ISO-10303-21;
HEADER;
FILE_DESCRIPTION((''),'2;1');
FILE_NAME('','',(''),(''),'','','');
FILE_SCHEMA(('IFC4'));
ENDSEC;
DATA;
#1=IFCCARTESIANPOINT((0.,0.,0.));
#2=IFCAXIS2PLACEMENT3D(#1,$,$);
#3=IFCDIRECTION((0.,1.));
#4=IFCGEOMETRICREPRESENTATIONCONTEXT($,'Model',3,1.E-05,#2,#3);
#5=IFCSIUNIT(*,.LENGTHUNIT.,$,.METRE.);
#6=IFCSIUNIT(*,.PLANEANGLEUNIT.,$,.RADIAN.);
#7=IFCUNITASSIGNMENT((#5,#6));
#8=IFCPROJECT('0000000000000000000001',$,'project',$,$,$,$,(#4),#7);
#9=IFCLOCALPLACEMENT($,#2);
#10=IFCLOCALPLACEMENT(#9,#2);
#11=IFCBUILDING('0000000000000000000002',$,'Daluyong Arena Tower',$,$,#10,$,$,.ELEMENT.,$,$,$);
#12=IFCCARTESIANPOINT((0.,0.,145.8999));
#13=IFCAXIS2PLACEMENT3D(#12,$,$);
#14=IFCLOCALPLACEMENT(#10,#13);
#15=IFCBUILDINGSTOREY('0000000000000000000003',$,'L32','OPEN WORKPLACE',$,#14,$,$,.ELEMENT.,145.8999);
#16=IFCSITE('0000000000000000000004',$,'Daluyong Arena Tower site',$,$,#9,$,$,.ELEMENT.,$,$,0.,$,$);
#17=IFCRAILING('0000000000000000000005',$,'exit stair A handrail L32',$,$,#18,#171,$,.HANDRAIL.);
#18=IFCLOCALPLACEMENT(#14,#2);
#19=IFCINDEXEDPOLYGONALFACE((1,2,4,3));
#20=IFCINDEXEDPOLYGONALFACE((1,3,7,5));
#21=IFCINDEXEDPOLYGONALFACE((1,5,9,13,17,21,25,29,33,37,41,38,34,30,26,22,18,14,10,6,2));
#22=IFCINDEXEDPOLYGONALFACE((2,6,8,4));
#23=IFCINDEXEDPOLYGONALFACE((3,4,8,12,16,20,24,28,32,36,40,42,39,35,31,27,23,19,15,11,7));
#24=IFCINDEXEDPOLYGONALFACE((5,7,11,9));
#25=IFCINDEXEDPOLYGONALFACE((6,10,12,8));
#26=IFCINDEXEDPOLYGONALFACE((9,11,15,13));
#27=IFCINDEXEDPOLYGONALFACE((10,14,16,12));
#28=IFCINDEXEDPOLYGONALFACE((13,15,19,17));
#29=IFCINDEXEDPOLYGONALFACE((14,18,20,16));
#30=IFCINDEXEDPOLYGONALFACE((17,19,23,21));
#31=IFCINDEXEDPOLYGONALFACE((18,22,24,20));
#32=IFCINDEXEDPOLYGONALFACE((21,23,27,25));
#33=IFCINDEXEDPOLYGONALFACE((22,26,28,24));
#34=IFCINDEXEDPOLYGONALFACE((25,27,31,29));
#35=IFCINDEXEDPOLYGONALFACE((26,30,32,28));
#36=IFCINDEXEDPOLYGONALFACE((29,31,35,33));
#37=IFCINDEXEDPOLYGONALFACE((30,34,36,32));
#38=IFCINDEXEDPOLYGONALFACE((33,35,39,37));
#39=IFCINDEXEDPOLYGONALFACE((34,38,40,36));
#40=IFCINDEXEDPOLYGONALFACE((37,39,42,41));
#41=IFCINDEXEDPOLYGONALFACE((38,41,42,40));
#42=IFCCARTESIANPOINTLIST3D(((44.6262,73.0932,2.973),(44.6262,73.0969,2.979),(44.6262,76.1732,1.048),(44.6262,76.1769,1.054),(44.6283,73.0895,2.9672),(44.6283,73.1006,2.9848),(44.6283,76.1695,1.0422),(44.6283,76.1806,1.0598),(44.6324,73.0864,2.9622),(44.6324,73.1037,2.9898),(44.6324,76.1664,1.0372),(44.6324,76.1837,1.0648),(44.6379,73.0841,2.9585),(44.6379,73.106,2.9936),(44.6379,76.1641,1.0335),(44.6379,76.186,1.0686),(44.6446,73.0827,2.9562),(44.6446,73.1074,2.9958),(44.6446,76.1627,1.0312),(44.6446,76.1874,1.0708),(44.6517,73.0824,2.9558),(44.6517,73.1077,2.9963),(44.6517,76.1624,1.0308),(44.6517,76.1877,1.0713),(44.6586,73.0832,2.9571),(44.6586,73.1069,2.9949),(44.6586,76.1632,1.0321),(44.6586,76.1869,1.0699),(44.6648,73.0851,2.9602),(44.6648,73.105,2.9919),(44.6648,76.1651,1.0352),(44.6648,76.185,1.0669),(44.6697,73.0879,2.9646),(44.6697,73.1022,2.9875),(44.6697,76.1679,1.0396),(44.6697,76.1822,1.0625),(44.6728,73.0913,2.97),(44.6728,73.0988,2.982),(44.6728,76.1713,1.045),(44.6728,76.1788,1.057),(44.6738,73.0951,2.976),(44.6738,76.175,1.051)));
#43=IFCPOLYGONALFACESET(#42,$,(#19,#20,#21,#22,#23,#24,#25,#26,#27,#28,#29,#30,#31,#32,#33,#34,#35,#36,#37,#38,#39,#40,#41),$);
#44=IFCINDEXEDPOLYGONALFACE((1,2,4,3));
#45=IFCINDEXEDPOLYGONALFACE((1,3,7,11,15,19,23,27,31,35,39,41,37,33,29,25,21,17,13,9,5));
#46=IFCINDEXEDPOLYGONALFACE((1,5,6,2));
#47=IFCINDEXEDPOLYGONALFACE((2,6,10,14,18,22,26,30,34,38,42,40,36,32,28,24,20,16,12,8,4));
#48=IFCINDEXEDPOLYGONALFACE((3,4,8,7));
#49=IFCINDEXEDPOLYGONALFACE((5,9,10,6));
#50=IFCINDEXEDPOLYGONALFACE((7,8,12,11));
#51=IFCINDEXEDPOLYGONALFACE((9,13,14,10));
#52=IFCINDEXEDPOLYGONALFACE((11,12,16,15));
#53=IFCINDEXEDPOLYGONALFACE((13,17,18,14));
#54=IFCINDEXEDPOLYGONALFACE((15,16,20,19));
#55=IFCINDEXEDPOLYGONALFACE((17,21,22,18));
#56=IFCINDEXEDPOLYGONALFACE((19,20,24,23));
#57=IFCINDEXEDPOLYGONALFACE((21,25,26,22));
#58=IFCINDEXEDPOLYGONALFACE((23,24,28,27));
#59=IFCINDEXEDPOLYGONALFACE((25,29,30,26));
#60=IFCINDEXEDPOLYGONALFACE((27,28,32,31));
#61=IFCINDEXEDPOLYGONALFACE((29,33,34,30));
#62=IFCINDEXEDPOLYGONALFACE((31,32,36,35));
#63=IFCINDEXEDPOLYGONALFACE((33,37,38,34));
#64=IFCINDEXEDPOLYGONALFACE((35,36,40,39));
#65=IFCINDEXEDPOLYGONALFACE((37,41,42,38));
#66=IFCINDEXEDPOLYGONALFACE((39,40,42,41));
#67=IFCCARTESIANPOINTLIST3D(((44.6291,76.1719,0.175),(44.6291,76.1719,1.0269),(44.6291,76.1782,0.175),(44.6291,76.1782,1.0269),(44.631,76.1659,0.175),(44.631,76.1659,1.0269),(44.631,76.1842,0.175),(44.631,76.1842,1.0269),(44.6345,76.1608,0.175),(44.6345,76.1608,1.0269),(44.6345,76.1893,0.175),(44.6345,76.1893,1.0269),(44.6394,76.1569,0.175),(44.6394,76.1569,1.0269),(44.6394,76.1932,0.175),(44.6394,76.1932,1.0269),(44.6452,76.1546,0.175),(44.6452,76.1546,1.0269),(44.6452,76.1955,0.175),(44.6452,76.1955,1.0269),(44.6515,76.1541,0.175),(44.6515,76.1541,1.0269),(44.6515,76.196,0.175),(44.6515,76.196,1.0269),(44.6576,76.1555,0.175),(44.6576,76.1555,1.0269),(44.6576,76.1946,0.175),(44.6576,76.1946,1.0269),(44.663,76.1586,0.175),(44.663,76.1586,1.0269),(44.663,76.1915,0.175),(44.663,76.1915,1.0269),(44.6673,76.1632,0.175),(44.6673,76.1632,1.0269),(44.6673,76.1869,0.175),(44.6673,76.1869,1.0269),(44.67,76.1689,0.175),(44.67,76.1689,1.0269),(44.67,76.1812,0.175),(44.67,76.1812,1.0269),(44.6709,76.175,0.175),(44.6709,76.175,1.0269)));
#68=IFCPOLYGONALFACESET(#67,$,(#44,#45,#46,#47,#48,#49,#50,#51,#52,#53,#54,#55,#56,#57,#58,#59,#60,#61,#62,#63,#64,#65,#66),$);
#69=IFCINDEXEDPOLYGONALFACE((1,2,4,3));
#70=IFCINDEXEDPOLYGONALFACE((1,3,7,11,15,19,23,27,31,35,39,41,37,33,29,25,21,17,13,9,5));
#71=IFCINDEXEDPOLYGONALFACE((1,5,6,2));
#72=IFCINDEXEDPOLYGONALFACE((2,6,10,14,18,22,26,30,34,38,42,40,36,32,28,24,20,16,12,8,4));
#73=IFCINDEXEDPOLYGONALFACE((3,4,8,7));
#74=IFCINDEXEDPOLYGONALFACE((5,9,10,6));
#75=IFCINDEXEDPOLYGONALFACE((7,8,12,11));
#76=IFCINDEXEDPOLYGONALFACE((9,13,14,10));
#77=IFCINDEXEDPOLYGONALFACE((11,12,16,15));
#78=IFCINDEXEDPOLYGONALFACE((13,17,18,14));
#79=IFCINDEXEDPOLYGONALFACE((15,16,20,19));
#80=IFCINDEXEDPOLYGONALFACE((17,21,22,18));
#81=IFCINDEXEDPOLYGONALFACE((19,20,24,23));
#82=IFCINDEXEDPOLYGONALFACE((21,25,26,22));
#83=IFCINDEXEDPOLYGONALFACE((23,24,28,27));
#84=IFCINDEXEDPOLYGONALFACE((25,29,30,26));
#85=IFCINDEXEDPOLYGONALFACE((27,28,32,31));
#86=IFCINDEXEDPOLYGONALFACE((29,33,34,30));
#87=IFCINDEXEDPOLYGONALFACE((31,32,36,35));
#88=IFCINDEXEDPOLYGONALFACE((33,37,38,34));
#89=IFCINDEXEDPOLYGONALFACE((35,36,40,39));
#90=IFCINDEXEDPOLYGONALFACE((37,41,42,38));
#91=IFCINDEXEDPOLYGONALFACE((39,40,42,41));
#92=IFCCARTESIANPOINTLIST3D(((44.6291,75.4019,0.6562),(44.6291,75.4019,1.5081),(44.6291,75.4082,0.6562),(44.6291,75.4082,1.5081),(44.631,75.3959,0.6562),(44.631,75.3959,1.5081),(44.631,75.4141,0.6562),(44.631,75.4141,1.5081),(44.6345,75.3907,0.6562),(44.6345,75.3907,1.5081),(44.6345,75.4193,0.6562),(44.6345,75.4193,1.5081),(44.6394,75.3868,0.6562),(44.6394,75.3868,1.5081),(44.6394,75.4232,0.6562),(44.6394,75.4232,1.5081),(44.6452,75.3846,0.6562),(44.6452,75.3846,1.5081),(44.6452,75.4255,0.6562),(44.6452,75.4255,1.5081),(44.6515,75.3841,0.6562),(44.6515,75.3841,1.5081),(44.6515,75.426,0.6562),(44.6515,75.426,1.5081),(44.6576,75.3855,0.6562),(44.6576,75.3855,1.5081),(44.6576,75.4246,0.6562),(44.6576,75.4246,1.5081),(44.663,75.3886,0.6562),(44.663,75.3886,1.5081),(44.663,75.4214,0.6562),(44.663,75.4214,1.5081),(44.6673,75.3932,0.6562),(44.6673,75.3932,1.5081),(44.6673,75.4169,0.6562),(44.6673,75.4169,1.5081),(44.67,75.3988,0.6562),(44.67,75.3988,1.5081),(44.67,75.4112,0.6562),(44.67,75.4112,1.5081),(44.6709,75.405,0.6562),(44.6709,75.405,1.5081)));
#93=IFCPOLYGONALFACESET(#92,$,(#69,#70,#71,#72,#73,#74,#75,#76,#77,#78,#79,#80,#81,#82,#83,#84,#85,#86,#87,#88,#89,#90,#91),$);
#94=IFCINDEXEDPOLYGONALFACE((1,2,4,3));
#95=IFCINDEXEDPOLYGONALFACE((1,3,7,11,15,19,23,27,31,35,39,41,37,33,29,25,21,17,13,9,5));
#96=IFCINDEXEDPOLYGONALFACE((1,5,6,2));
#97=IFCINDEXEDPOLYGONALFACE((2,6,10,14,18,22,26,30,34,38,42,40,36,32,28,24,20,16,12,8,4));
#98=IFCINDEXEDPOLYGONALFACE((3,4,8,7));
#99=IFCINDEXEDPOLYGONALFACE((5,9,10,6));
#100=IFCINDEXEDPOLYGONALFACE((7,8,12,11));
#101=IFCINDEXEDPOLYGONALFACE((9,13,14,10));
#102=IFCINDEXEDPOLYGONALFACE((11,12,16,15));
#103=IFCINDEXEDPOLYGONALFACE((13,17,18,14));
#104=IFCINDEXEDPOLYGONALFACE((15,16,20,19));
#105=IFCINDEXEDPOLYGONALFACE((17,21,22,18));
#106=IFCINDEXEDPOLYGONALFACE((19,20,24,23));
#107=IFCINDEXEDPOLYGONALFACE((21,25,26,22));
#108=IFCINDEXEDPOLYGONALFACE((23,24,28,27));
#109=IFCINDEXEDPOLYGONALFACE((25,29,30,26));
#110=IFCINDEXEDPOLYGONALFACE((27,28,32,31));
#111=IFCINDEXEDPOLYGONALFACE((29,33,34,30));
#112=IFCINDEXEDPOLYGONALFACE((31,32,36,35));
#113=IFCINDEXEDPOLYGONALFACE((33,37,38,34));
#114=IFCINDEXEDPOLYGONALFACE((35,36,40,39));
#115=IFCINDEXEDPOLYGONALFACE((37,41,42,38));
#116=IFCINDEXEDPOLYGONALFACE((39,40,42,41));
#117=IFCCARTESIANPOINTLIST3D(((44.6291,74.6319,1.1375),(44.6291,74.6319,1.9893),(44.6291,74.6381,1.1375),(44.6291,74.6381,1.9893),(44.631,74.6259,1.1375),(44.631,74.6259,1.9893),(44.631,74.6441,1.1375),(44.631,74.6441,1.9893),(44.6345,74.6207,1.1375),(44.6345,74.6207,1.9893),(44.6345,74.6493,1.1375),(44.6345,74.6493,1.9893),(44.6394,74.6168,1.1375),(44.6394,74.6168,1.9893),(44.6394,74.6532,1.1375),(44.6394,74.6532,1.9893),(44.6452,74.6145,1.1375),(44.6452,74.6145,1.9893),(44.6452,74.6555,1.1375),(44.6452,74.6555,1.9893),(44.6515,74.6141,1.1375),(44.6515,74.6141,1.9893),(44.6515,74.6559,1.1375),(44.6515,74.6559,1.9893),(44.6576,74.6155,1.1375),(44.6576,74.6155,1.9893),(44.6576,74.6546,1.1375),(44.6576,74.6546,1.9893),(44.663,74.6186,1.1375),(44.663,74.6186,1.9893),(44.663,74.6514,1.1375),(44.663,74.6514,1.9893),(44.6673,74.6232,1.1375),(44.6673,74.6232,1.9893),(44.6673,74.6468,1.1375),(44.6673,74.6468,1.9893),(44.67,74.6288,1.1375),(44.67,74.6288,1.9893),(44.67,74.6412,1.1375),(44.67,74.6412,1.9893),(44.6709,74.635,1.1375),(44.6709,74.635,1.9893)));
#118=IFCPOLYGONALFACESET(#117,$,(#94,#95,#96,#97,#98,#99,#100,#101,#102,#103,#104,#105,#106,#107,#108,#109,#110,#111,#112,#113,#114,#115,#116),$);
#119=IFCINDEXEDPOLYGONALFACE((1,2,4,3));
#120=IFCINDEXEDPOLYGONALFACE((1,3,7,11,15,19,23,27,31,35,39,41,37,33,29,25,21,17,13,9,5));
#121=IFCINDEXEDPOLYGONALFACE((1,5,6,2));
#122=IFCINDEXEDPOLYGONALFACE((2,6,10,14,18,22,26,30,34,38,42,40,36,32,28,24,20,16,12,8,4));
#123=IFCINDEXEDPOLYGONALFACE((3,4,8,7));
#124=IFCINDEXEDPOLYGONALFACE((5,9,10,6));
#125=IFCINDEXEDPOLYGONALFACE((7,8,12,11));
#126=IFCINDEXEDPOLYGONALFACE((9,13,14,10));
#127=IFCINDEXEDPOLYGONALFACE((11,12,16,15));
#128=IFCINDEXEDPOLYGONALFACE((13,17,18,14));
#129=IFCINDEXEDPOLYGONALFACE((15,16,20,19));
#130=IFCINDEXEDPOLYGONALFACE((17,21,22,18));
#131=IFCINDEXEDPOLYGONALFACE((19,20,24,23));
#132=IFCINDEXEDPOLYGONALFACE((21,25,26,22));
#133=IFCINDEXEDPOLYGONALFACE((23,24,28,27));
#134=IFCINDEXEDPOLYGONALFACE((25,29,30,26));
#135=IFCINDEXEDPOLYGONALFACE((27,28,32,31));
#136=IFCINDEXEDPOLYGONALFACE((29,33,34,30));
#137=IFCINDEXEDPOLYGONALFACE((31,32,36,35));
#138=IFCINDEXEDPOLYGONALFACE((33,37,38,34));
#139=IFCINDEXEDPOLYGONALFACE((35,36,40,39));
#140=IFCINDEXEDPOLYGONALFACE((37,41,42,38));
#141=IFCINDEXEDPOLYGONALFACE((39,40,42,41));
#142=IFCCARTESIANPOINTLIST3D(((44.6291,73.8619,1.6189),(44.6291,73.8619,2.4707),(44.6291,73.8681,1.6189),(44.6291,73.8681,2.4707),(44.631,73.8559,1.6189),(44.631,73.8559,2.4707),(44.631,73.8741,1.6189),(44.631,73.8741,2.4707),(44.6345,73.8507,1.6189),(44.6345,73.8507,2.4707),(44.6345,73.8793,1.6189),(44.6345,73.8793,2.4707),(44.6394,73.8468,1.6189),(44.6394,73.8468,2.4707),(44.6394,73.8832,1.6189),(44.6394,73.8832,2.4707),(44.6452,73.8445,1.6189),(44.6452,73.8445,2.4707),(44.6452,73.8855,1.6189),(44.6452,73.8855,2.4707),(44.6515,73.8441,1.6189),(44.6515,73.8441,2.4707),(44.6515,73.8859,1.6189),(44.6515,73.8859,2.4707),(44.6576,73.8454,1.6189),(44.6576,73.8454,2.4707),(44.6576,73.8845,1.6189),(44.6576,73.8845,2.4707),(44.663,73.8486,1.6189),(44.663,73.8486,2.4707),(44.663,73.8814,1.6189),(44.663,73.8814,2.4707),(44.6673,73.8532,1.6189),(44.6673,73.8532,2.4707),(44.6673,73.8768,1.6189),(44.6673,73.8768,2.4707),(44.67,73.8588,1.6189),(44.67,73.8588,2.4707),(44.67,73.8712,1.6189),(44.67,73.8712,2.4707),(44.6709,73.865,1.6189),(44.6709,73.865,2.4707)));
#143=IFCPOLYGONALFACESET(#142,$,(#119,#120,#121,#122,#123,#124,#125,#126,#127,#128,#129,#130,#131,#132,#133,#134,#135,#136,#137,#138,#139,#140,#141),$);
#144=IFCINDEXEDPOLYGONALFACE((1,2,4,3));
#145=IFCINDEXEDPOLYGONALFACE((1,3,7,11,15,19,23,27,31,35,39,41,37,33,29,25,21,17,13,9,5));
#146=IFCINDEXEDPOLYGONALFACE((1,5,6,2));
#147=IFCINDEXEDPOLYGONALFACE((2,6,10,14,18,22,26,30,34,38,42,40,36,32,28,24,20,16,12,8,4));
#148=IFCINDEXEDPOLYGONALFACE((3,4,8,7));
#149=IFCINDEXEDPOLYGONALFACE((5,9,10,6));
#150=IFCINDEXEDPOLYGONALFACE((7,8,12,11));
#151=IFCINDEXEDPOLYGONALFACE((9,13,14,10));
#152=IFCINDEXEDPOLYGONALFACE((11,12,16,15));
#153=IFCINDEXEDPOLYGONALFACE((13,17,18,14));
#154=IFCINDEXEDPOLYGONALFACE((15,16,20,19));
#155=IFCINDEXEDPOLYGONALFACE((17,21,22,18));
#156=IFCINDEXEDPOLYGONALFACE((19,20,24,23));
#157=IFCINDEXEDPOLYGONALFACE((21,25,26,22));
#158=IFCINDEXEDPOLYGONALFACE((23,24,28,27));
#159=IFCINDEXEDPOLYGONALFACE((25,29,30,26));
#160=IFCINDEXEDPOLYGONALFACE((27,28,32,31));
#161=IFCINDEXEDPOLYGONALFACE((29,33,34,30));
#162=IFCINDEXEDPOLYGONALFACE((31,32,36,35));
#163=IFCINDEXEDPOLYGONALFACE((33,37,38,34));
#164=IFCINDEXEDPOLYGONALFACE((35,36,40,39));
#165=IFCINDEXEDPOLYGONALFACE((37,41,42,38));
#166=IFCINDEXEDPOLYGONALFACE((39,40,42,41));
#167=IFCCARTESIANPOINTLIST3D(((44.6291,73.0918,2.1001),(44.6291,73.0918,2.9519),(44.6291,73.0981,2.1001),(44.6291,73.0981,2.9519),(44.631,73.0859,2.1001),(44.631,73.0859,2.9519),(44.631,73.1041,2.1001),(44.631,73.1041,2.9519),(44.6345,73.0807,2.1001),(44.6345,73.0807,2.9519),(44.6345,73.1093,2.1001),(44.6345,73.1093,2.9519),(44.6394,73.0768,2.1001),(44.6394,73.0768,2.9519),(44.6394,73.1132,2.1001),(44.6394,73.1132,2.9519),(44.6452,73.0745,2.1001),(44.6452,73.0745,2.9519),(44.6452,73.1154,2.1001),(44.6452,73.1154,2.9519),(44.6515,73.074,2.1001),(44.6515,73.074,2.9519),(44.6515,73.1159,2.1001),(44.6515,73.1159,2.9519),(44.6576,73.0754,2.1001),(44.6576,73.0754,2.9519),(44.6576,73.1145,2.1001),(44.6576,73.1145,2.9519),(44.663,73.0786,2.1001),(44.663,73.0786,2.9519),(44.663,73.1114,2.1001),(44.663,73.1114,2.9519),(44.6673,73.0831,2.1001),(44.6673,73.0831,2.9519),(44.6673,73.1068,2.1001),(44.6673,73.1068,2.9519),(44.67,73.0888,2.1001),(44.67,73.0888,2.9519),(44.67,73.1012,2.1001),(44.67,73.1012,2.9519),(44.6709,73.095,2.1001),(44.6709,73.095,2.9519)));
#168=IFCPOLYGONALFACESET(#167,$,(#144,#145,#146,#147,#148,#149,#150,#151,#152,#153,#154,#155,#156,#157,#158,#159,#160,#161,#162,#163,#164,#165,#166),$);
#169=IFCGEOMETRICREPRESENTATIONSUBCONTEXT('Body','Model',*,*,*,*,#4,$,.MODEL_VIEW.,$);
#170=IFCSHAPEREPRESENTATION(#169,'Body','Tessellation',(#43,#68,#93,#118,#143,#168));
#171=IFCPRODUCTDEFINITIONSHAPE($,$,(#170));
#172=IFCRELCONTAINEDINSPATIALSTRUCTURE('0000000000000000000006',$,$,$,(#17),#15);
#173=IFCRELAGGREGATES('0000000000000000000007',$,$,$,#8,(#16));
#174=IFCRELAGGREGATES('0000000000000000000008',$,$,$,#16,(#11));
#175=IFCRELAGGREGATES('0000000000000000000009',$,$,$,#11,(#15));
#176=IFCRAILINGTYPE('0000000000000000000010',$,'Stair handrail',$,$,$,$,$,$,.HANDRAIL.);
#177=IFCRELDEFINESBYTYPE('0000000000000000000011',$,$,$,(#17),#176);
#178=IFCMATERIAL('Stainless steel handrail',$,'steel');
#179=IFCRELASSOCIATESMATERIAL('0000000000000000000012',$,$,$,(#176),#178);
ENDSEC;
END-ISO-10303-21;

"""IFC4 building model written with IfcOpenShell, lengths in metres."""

from ifc_helpers import new_model, si_unit, direction, frame, origin, origin_2d, place, context, subcontext, project, spatial, circle, extrude, material, type_object, element, save


model = new_model("IFC4")

# Units and contexts
model_context = context("Model", 3, precision=1e-05, world=origin(), true_north=direction((0.0, 1.0)))
body_context = subcontext(model_context, "Body", "Model", "MODEL_VIEW")
ifc_project = project(units=[si_unit("LENGTHUNIT", "METRE"), si_unit("PLANEANGLEUNIT", "RADIAN")], contexts=[model_context])

# Site, building, storey
site_placement = place(None, origin())
site = spatial("IfcSite", under=ifc_project, at=site_placement, Name="Daluyong Arena Tower site", CompositionType="ELEMENT", RefElevation=0.0)
building_placement = place(site_placement, origin())
building = spatial("IfcBuilding", under=site, at=building_placement, Name="Daluyong Arena Tower", CompositionType="ELEMENT")
storey_placement = place(building_placement, frame((0.0, 0.0, 145.8999)))
storey = spatial("IfcBuildingStorey", under=building, at=storey_placement, Name="L32", Description="OPEN WORKPLACE", CompositionType="ELEMENT", Elevation=145.8999)

# Railing
ifc_material_1 = material(Name="Stainless steel handrail", Category="steel")
railing_type_1 = type_object("IfcRailingType", Name="Stair handrail", PredefinedType="HANDRAIL", material=ifc_material_1)
railing_1_placement = place(storey_placement, frame((44.6499, 76.175, 0.175)))
element("IfcRailing", 1, at=railing_1_placement, inside=storey, type_object=railing_type_1, Name="exit stair A handrail L32", PredefinedType="HANDRAIL", context=body_context, shape_type="SweptSolid", body=[
    extrude(circle(Radius=0.0239, at=origin_2d()), frame((0.0, 0.0, 0.876), z_axis=(0.0, -0.847998, 0.529999), x_axis=(1.0, 0.0, 0.0)), (0.0, 0.0, 1.0), 3.6321),
    extrude(circle(Radius=0.021, at=origin_2d()), origin(), (0.0, 0.0, 1.0), 0.8518),
    extrude(circle(Radius=0.021, at=origin_2d()), frame((0.0, -0.77, 0.4812)), (0.0, 0.0, 1.0), 0.8518),
    extrude(circle(Radius=0.021, at=origin_2d()), frame((0.0, -1.54, 0.9624)), (0.0, 0.0, 1.0), 0.8518),
    extrude(circle(Radius=0.021, at=origin_2d()), frame((0.0, -2.3101, 1.4438)), (0.0, 0.0, 1.0), 0.8518),
    extrude(circle(Radius=0.021, at=origin_2d()), frame((0.0, -3.0801, 1.925)), (0.0, 0.0, 1.0), 0.8518),
])

save(model, "model.ifc")
